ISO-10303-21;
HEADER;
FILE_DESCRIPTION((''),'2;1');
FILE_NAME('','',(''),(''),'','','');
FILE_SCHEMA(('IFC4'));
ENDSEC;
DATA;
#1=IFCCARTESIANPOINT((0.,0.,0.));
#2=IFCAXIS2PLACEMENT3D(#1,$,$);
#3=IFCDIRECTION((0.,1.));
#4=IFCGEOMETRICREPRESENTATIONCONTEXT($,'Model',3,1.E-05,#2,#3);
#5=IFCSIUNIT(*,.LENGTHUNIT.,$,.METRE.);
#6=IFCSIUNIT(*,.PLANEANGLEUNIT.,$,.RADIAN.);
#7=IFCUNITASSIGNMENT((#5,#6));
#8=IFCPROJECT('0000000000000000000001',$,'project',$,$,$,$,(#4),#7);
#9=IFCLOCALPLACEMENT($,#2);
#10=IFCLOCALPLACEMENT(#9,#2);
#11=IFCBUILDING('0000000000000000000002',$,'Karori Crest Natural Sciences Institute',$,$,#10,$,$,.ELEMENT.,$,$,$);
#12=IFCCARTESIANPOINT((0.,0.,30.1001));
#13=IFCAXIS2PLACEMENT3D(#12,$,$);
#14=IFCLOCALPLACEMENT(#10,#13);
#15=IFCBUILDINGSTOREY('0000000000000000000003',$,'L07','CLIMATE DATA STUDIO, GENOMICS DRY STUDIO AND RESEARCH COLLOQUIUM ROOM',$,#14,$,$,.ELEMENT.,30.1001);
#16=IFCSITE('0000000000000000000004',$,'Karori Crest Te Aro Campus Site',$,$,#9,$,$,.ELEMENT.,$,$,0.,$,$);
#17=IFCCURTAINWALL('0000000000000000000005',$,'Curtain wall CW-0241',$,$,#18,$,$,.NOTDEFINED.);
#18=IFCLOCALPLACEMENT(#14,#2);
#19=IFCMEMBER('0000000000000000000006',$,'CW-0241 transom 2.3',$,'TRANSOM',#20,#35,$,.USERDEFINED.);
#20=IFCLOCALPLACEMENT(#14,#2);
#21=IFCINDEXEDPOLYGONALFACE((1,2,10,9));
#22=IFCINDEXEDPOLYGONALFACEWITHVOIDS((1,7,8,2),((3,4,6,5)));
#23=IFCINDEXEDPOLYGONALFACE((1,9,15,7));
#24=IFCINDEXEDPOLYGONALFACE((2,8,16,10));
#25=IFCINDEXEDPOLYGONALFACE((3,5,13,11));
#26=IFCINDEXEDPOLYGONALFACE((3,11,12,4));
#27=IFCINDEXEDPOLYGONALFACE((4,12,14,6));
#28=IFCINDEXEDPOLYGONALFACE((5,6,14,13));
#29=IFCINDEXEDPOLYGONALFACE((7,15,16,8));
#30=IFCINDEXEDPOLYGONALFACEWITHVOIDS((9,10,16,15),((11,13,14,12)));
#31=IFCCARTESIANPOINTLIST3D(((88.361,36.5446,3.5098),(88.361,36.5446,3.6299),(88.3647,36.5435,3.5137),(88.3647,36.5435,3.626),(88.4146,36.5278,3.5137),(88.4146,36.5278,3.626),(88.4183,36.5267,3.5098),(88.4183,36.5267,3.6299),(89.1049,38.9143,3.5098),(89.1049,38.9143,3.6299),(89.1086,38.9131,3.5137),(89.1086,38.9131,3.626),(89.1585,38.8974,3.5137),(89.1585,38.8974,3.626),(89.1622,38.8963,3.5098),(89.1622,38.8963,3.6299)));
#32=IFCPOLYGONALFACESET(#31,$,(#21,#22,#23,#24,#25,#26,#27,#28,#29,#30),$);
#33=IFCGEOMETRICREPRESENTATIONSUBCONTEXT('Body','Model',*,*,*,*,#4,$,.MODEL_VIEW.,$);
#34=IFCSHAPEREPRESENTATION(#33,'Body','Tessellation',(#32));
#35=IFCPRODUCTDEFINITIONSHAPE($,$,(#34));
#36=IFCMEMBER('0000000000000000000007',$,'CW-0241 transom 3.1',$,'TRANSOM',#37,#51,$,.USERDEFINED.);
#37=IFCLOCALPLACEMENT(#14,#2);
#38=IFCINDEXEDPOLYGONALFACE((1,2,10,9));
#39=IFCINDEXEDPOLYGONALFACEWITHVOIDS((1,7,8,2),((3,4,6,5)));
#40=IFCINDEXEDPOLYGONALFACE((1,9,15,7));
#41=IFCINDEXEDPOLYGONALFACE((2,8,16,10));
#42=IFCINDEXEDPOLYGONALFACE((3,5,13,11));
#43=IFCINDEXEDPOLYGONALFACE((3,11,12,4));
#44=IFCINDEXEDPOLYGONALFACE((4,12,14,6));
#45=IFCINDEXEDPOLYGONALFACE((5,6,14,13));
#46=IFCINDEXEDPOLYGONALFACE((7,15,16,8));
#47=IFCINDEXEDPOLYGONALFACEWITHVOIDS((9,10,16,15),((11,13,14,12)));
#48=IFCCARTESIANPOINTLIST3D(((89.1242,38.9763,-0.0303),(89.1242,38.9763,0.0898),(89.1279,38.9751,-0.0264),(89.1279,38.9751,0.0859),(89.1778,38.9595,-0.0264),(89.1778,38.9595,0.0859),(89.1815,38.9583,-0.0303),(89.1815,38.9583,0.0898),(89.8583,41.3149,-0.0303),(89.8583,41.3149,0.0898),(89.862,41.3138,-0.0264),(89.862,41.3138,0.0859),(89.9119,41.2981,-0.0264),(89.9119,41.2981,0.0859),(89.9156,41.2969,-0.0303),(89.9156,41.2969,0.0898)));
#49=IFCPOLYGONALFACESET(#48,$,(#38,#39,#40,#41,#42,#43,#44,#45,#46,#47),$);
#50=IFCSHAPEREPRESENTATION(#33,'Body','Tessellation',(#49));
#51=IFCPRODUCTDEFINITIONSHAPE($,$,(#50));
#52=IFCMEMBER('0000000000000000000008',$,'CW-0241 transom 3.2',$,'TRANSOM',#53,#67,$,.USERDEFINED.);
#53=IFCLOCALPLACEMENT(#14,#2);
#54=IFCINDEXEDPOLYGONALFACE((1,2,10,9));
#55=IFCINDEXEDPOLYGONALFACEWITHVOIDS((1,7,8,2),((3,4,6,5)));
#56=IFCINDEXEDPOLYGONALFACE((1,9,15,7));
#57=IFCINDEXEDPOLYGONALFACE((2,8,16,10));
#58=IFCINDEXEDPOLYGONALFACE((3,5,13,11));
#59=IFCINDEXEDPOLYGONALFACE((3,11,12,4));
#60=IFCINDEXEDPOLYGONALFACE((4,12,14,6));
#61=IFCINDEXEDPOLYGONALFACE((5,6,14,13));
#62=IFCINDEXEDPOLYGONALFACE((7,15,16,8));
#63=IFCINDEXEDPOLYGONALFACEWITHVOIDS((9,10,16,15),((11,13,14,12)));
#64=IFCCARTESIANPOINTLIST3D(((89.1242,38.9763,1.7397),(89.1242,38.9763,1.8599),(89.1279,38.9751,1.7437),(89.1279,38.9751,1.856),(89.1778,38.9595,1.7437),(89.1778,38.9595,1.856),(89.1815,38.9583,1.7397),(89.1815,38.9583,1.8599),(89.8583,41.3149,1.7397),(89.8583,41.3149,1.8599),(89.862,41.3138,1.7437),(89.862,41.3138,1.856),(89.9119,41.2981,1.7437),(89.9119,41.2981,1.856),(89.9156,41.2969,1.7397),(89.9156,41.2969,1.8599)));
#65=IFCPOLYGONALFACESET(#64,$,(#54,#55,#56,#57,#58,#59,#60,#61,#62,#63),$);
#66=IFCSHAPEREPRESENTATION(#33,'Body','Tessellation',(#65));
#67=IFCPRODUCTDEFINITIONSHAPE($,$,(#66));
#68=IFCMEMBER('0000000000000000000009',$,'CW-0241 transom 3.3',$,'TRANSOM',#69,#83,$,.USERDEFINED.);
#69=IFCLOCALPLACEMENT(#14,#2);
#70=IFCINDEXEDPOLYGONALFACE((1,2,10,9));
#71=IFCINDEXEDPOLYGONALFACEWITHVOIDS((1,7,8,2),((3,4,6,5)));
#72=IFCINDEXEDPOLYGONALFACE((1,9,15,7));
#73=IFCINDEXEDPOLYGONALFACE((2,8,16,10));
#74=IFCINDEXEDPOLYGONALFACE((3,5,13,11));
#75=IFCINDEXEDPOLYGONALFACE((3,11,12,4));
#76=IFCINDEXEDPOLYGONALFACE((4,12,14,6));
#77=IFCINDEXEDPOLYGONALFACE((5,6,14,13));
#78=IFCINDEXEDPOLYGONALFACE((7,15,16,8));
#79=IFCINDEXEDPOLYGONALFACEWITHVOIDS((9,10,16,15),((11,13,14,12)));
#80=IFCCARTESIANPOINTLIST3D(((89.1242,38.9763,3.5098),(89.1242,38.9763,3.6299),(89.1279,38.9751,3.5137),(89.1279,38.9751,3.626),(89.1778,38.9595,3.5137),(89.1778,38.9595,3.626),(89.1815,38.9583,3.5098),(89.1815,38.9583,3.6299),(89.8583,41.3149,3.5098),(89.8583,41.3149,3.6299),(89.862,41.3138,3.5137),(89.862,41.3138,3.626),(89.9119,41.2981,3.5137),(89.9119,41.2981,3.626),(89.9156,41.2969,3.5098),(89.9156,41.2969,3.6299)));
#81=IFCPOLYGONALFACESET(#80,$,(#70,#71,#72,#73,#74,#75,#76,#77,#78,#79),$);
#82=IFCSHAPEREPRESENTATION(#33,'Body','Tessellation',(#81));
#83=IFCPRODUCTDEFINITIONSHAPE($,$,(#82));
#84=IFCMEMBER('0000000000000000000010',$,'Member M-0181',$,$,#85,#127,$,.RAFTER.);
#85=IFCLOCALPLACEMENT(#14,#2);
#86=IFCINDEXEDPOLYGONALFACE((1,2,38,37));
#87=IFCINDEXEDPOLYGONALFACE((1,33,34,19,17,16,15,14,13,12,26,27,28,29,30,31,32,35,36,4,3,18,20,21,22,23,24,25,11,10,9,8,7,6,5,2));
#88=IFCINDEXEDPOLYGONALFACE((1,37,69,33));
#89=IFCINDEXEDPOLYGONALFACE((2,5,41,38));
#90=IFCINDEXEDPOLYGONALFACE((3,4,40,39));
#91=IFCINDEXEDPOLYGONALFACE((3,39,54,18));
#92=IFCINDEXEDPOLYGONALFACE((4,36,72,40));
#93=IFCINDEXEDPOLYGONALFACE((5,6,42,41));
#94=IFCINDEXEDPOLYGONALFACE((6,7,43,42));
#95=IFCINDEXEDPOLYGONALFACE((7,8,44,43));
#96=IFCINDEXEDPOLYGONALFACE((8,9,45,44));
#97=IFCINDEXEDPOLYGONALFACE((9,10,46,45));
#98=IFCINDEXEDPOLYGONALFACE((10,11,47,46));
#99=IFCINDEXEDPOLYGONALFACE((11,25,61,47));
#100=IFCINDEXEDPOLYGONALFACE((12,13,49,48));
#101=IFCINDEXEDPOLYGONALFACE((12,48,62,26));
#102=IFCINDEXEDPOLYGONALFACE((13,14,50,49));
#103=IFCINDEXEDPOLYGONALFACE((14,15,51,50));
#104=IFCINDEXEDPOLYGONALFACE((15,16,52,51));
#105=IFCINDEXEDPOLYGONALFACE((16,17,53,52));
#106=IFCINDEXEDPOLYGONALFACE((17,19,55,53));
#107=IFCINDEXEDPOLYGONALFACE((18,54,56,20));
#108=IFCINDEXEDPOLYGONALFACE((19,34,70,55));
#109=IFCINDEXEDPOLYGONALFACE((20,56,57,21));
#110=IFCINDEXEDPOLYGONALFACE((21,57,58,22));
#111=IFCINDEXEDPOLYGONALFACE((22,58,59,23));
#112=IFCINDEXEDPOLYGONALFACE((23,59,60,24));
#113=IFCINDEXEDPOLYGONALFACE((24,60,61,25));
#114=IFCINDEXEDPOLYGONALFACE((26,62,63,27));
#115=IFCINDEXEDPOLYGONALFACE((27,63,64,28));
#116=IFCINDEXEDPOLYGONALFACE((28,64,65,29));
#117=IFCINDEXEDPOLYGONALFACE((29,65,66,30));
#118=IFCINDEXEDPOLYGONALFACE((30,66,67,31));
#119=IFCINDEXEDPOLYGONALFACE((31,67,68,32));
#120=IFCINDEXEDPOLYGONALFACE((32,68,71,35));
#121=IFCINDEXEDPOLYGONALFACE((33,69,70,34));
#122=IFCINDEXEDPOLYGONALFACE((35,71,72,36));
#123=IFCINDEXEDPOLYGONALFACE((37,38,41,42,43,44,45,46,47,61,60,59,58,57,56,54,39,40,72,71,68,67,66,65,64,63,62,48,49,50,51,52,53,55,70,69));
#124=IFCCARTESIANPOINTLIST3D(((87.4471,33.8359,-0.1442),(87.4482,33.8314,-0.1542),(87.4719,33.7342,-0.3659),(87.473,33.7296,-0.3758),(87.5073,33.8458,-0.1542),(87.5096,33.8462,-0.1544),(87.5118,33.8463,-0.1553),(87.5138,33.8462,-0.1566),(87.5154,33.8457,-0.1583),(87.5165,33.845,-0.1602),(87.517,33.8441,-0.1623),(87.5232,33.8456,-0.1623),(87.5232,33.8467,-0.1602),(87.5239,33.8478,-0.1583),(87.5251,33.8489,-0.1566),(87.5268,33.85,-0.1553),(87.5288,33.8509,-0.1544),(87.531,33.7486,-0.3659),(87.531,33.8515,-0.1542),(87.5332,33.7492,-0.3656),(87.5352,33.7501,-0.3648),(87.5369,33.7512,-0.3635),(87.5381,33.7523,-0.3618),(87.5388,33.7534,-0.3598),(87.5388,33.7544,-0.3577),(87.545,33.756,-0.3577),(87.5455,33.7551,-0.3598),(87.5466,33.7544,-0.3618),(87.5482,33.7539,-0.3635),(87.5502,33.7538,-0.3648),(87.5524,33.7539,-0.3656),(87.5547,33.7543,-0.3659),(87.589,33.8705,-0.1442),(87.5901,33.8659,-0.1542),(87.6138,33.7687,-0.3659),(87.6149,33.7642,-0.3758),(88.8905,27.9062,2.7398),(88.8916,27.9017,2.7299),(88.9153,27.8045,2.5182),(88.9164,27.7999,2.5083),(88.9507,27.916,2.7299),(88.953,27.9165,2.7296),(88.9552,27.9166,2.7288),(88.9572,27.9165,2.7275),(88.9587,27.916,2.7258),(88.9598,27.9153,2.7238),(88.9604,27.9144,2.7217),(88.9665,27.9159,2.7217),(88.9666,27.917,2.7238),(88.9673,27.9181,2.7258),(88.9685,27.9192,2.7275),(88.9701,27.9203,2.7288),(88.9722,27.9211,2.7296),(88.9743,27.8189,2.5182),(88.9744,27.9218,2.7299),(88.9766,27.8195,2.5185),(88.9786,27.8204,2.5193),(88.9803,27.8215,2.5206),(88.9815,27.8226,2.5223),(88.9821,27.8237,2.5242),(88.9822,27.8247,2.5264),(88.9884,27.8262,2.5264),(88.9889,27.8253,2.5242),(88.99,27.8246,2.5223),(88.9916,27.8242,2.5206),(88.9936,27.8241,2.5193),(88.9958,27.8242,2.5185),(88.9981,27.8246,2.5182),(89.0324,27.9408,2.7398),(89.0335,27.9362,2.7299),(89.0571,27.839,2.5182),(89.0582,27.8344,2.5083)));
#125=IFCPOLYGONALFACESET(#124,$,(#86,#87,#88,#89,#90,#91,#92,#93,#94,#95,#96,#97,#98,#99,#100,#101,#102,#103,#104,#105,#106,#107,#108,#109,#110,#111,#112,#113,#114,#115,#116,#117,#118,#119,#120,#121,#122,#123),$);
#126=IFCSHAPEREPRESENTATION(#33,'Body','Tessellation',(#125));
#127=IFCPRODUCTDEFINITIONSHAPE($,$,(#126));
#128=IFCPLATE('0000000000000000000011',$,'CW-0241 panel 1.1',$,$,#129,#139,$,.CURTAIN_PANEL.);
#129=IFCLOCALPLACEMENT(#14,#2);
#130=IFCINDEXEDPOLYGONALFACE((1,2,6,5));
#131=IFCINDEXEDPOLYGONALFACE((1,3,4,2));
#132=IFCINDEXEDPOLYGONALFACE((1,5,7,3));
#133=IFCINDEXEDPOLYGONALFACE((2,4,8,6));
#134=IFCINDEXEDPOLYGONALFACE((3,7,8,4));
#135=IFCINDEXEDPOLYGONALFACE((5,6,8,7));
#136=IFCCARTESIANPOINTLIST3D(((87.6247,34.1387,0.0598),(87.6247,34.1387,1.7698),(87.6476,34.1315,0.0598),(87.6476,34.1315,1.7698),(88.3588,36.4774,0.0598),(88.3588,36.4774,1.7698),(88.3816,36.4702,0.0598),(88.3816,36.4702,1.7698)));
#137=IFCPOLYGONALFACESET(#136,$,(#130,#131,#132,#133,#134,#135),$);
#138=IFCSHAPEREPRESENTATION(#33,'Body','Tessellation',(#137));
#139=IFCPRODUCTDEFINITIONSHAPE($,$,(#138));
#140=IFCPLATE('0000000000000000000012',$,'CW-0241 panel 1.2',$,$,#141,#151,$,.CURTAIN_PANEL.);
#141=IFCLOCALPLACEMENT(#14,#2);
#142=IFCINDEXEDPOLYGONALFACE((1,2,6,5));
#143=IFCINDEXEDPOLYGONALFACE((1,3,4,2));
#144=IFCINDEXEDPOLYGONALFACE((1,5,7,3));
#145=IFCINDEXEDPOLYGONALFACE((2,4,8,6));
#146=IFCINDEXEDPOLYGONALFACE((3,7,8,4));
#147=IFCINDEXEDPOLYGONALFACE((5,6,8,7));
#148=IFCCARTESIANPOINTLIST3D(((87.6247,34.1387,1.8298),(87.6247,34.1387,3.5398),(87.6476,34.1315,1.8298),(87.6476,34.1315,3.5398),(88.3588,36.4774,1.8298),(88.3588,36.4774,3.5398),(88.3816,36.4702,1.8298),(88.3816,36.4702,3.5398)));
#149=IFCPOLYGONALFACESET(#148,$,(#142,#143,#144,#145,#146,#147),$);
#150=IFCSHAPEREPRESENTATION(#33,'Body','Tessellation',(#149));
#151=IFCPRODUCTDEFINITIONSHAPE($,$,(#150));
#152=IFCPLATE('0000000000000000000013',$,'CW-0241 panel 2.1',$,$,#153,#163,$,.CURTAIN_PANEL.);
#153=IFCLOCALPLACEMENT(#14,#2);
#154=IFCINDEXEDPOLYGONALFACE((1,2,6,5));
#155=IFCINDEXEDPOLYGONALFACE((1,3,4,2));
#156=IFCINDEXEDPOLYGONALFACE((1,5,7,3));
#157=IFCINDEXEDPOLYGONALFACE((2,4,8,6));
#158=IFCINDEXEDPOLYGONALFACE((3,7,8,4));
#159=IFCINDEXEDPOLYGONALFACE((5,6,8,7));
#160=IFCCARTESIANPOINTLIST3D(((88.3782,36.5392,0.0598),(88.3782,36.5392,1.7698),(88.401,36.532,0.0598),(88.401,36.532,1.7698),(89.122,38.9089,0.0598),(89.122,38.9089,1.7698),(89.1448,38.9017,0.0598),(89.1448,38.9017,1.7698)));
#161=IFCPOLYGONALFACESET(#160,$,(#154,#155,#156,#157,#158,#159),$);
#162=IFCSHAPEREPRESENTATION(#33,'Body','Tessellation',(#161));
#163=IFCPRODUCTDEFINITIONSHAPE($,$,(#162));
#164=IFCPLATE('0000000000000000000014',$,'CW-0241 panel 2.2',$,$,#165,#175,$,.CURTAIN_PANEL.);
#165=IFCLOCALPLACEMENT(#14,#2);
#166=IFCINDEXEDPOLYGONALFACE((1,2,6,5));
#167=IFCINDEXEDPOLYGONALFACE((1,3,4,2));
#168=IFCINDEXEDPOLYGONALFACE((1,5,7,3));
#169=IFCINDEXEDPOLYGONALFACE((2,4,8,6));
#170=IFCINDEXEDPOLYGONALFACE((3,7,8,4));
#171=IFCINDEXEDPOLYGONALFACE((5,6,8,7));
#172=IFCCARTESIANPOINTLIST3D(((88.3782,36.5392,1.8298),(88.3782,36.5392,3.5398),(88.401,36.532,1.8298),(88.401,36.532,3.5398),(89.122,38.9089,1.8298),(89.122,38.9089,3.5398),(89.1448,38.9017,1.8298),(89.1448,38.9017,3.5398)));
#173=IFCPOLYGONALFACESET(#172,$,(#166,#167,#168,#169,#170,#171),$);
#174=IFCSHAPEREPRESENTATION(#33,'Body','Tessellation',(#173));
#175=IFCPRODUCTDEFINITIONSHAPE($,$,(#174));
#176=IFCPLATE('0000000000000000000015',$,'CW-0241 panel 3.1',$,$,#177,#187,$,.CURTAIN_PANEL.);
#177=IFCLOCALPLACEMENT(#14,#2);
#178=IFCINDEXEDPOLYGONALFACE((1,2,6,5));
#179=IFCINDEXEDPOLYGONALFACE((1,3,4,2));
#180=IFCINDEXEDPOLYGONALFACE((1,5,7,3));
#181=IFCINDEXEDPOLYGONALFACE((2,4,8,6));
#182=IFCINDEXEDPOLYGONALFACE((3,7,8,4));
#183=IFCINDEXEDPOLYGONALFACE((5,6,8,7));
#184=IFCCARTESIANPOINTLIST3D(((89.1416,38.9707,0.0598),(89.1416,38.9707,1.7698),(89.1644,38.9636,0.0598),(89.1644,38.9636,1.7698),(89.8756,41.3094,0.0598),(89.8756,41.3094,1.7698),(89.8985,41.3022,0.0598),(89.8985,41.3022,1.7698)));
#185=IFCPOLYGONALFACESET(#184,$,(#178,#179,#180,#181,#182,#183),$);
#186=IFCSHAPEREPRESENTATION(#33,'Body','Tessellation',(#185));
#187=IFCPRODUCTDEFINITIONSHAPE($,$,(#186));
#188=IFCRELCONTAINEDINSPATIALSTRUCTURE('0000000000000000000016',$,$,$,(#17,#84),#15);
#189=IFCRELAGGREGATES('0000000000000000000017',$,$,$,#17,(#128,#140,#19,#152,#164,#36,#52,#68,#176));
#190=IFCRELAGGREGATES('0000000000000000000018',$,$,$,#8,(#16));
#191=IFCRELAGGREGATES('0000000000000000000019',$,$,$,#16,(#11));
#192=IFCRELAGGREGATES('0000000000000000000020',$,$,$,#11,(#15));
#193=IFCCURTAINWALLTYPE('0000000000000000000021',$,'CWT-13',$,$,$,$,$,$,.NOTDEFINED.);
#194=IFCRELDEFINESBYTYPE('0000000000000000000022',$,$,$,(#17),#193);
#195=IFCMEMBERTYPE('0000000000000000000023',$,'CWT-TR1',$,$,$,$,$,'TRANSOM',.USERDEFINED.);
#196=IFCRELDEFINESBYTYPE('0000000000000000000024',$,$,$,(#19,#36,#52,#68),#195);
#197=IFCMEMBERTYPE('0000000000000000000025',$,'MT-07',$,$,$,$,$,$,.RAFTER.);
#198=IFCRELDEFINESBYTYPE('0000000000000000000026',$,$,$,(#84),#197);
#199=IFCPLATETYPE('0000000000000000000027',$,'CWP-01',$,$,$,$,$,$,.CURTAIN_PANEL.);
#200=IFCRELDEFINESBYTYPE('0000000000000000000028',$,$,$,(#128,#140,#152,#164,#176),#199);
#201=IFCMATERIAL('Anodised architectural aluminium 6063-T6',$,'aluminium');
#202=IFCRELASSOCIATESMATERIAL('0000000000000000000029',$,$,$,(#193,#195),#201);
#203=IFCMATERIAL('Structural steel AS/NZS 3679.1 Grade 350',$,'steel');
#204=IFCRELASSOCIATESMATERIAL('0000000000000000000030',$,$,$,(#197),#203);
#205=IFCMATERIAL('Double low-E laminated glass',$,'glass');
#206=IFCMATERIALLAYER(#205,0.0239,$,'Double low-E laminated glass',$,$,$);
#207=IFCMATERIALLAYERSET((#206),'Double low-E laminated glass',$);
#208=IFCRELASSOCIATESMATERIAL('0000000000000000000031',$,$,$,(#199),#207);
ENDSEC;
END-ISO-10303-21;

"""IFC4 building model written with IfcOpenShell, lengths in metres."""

from ifc_helpers import new_model, si_unit, direction, frame, origin, origin_2d, place, context, subcontext, project, spatial, rectangle, hollow_rectangle, i_section, extrude, material, layer, layer_set, material_profile, profile_set, type_object, element, aggregate, save


model = new_model("IFC4")

# Units and contexts
model_context = context("Model", 3, precision=1e-05, world=origin(), true_north=direction((0.0, 1.0)))
body_context = subcontext(model_context, "Body", "Model", "MODEL_VIEW")
ifc_project = project(units=[si_unit("LENGTHUNIT", "METRE"), si_unit("PLANEANGLEUNIT", "RADIAN")], contexts=[model_context])

# Site, building, storey
site_placement = place(None, origin())
site = spatial("IfcSite", under=ifc_project, at=site_placement, Name="Karori Crest Te Aro Campus Site", CompositionType="ELEMENT", RefElevation=0.0)
building_placement = place(site_placement, origin())
building = spatial("IfcBuilding", under=site, at=building_placement, Name="Karori Crest Natural Sciences Institute", CompositionType="ELEMENT")
storey_placement = place(building_placement, frame((0.0, 0.0, 30.1001)))
storey = spatial("IfcBuildingStorey", under=building, at=storey_placement, Name="L07", Description="CLIMATE DATA STUDIO, GENOMICS DRY STUDIO AND RESEARCH COLLOQUIUM ROOM", CompositionType="ELEMENT", Elevation=30.1001)

# Shared definitions
ifc_material_1 = material(Name="Structural steel AS/NZS 3679.1 Grade 350", Category="steel")

# Curtain wall, members
ifc_material_2 = material(Name="Anodised architectural aluminium 6063-T6", Category="aluminium")
curtain_wall_type = type_object("IfcCurtainWallType", Name="CWT-13", PredefinedType="NOTDEFINED", material=ifc_material_2)
curtain_wall_placement = place(storey_placement, origin())
curtain_wall = element("IfcCurtainWall", 1, at=curtain_wall_placement, inside=storey, type_object=curtain_wall_type, Name="Curtain wall CW-0241", PredefinedType="NOTDEFINED")
ifc_material_profile_1 = material_profile(ifc_material_2, hollow_rectangle(XDim=0.0601, YDim=0.1201, WallThickness=0.0039, at=origin_2d()), Name="CWT120x60x4")
ifc_profile_set_1 = profile_set([ifc_material_profile_1], Name="Anodised architectural aluminium 6063-T6")
member_type_1 = type_object("IfcMemberType", Name="CWT-TR1", ElementType="TRANSOM", PredefinedType="USERDEFINED", material=ifc_profile_set_1)
member_1_placement = place(storey_placement, frame((88.3896, 36.5356, 3.5698), z_axis=(0.299517, 0.954091, 0.0), x_axis=(-0.954091, 0.299517, 0.0)))
member_1 = element("IfcMember", 2, at=member_1_placement, type_object=member_type_1, Name="CW-0241 transom 2.3", ObjectType="TRANSOM", PredefinedType="USERDEFINED", context=body_context, shape_type="SweptSolid", body=[
    extrude(hollow_rectangle(XDim=0.0601, YDim=0.1201, WallThickness=0.0039, at=origin_2d()), origin(), (0.0, 0.0, 1.0), 2.4836),
])
member_2_placement = place(storey_placement, frame((89.1528, 38.9673, 0.0298), z_axis=(0.299505, 0.954095, 0.0), x_axis=(-0.954095, 0.299505, 0.0)))
member_2 = element("IfcMember", 3, at=member_2_placement, type_object=member_type_1, Name="CW-0241 transom 3.1", ObjectType="TRANSOM", PredefinedType="USERDEFINED", context=body_context, shape_type="SweptSolid", body=[
    extrude(hollow_rectangle(XDim=0.0601, YDim=0.1201, WallThickness=0.0039, at=origin_2d()), origin(), (0.0, 0.0, 1.0), 2.4512),
])
member_3_placement = place(storey_placement, frame((89.1528, 38.9673, 1.7998), z_axis=(0.299505, 0.954095, 0.0), x_axis=(-0.954095, 0.299505, 0.0)))
member_3 = element("IfcMember", 4, at=member_3_placement, type_object=member_type_1, Name="CW-0241 transom 3.2", ObjectType="TRANSOM", PredefinedType="USERDEFINED", context=body_context, shape_type="SweptSolid", body=[
    extrude(hollow_rectangle(XDim=0.0601, YDim=0.1201, WallThickness=0.0039, at=origin_2d()), origin(), (0.0, 0.0, 1.0), 2.4512),
])
member_4_placement = place(storey_placement, frame((89.1528, 38.9673, 3.5698), z_axis=(0.299505, 0.954095, 0.0), x_axis=(-0.954095, 0.299505, 0.0)))
member_4 = element("IfcMember", 5, at=member_4_placement, type_object=member_type_1, Name="CW-0241 transom 3.3", ObjectType="TRANSOM", PredefinedType="USERDEFINED", context=body_context, shape_type="SweptSolid", body=[
    extrude(hollow_rectangle(XDim=0.0601, YDim=0.1201, WallThickness=0.0039, at=origin_2d()), origin(), (0.0, 0.0, 1.0), 2.4512),
])

# Member
ifc_material_profile_2 = material_profile(ifc_material_1, i_section(OverallWidth=0.146, OverallDepth=0.2561, WebThickness=0.0063, FlangeThickness=0.011, FilletRadius=0.009, at=origin_2d()), Name="250UB37.3")
ifc_profile_set_2 = profile_set([ifc_material_profile_2], Name="Structural steel AS/NZS 3679.1 Grade 350")
member_type_2 = type_object("IfcMemberType", Name="MT-07", PredefinedType="RAFTER", material=ifc_profile_set_2)
member_5_placement = place(storey_placement, frame((87.531, 33.8, -0.26), z_axis=(0.213832, -0.878476, 0.427266), x_axis=(0.97163, 0.236507, 0.0)))
element("IfcMember", 6, at=member_5_placement, inside=storey, type_object=member_type_2, Name="Member M-0181", PredefinedType="RAFTER", context=body_context, shape_type="SweptSolid", body=[
    extrude(i_section(OverallWidth=0.146, OverallDepth=0.2561, WebThickness=0.0063, FlangeThickness=0.011, FilletRadius=0.009, at=origin_2d()), origin(), (0.0, 0.0, 1.0), 6.75),
])

# Plates
ifc_material_3 = material(Name="Double low-E laminated glass", Category="glass")
ifc_layer_1 = layer(ifc_material_3, 0.0239, Name="Double low-E laminated glass")
ifc_layer_set_1 = layer_set([ifc_layer_1], Name="Double low-E laminated glass")
plate_type = type_object("IfcPlateType", Name="CWP-01", PredefinedType="CURTAIN_PANEL", material=ifc_layer_set_1)
plate_1_placement = place(storey_placement, frame((88.0032, 35.3044, 0.0598), z_axis=(0.0, 0.0, 1.0), x_axis=(0.299475, 0.954104, 0.0)))
plate_1 = element("IfcPlate", 7, at=plate_1_placement, type_object=plate_type, Name="CW-0241 panel 1.1", PredefinedType="CURTAIN_PANEL", context=body_context, shape_type="SweptSolid", body=[
    extrude(rectangle(XDim=2.4512, YDim=0.0239, at=origin_2d()), origin(), (0.0, 0.0, 1.0), 1.71),
])
plate_2_placement = place(storey_placement, frame((88.0032, 35.3044, 1.8298), z_axis=(0.0, 0.0, 1.0), x_axis=(0.299475, 0.954104, 0.0)))
plate_2 = element("IfcPlate", 8, at=plate_2_placement, type_object=plate_type, Name="CW-0241 panel 1.2", PredefinedType="CURTAIN_PANEL", context=body_context, shape_type="SweptSolid", body=[
    extrude(rectangle(XDim=2.4512, YDim=0.0239, at=origin_2d()), origin(), (0.0, 0.0, 1.0), 1.71),
])
plate_3_placement = place(storey_placement, frame((88.7615, 37.7205, 0.0598), z_axis=(0.0, 0.0, 1.0), x_axis=(0.299475, 0.954104, 0.0)))
plate_3 = element("IfcPlate", 9, at=plate_3_placement, type_object=plate_type, Name="CW-0241 panel 2.1", PredefinedType="CURTAIN_PANEL", context=body_context, shape_type="SweptSolid", body=[
    extrude(rectangle(XDim=2.4836, YDim=0.0239, at=origin_2d()), origin(), (0.0, 0.0, 1.0), 1.71),
])
plate_4_placement = place(storey_placement, frame((88.7615, 37.7205, 1.8298), z_axis=(0.0, 0.0, 1.0), x_axis=(0.299475, 0.954104, 0.0)))
plate_4 = element("IfcPlate", 10, at=plate_4_placement, type_object=plate_type, Name="CW-0241 panel 2.2", PredefinedType="CURTAIN_PANEL", context=body_context, shape_type="SweptSolid", body=[
    extrude(rectangle(XDim=2.4836, YDim=0.0239, at=origin_2d()), origin(), (0.0, 0.0, 1.0), 1.71),
])
plate_5_placement = place(storey_placement, frame((89.52, 40.1365, 0.0598), z_axis=(0.0, 0.0, 1.0), x_axis=(0.299475, 0.954104, 0.0)))
plate_5 = element("IfcPlate", 11, at=plate_5_placement, type_object=plate_type, Name="CW-0241 panel 3.1", PredefinedType="CURTAIN_PANEL", context=body_context, shape_type="SweptSolid", body=[
    extrude(rectangle(XDim=2.4512, YDim=0.0239, at=origin_2d()), origin(), (0.0, 0.0, 1.0), 1.71),
])
aggregate(curtain_wall, [plate_1, plate_2, member_1, plate_3, plate_4, member_2, member_3, member_4, plate_5])

save(model, "model.ifc")
